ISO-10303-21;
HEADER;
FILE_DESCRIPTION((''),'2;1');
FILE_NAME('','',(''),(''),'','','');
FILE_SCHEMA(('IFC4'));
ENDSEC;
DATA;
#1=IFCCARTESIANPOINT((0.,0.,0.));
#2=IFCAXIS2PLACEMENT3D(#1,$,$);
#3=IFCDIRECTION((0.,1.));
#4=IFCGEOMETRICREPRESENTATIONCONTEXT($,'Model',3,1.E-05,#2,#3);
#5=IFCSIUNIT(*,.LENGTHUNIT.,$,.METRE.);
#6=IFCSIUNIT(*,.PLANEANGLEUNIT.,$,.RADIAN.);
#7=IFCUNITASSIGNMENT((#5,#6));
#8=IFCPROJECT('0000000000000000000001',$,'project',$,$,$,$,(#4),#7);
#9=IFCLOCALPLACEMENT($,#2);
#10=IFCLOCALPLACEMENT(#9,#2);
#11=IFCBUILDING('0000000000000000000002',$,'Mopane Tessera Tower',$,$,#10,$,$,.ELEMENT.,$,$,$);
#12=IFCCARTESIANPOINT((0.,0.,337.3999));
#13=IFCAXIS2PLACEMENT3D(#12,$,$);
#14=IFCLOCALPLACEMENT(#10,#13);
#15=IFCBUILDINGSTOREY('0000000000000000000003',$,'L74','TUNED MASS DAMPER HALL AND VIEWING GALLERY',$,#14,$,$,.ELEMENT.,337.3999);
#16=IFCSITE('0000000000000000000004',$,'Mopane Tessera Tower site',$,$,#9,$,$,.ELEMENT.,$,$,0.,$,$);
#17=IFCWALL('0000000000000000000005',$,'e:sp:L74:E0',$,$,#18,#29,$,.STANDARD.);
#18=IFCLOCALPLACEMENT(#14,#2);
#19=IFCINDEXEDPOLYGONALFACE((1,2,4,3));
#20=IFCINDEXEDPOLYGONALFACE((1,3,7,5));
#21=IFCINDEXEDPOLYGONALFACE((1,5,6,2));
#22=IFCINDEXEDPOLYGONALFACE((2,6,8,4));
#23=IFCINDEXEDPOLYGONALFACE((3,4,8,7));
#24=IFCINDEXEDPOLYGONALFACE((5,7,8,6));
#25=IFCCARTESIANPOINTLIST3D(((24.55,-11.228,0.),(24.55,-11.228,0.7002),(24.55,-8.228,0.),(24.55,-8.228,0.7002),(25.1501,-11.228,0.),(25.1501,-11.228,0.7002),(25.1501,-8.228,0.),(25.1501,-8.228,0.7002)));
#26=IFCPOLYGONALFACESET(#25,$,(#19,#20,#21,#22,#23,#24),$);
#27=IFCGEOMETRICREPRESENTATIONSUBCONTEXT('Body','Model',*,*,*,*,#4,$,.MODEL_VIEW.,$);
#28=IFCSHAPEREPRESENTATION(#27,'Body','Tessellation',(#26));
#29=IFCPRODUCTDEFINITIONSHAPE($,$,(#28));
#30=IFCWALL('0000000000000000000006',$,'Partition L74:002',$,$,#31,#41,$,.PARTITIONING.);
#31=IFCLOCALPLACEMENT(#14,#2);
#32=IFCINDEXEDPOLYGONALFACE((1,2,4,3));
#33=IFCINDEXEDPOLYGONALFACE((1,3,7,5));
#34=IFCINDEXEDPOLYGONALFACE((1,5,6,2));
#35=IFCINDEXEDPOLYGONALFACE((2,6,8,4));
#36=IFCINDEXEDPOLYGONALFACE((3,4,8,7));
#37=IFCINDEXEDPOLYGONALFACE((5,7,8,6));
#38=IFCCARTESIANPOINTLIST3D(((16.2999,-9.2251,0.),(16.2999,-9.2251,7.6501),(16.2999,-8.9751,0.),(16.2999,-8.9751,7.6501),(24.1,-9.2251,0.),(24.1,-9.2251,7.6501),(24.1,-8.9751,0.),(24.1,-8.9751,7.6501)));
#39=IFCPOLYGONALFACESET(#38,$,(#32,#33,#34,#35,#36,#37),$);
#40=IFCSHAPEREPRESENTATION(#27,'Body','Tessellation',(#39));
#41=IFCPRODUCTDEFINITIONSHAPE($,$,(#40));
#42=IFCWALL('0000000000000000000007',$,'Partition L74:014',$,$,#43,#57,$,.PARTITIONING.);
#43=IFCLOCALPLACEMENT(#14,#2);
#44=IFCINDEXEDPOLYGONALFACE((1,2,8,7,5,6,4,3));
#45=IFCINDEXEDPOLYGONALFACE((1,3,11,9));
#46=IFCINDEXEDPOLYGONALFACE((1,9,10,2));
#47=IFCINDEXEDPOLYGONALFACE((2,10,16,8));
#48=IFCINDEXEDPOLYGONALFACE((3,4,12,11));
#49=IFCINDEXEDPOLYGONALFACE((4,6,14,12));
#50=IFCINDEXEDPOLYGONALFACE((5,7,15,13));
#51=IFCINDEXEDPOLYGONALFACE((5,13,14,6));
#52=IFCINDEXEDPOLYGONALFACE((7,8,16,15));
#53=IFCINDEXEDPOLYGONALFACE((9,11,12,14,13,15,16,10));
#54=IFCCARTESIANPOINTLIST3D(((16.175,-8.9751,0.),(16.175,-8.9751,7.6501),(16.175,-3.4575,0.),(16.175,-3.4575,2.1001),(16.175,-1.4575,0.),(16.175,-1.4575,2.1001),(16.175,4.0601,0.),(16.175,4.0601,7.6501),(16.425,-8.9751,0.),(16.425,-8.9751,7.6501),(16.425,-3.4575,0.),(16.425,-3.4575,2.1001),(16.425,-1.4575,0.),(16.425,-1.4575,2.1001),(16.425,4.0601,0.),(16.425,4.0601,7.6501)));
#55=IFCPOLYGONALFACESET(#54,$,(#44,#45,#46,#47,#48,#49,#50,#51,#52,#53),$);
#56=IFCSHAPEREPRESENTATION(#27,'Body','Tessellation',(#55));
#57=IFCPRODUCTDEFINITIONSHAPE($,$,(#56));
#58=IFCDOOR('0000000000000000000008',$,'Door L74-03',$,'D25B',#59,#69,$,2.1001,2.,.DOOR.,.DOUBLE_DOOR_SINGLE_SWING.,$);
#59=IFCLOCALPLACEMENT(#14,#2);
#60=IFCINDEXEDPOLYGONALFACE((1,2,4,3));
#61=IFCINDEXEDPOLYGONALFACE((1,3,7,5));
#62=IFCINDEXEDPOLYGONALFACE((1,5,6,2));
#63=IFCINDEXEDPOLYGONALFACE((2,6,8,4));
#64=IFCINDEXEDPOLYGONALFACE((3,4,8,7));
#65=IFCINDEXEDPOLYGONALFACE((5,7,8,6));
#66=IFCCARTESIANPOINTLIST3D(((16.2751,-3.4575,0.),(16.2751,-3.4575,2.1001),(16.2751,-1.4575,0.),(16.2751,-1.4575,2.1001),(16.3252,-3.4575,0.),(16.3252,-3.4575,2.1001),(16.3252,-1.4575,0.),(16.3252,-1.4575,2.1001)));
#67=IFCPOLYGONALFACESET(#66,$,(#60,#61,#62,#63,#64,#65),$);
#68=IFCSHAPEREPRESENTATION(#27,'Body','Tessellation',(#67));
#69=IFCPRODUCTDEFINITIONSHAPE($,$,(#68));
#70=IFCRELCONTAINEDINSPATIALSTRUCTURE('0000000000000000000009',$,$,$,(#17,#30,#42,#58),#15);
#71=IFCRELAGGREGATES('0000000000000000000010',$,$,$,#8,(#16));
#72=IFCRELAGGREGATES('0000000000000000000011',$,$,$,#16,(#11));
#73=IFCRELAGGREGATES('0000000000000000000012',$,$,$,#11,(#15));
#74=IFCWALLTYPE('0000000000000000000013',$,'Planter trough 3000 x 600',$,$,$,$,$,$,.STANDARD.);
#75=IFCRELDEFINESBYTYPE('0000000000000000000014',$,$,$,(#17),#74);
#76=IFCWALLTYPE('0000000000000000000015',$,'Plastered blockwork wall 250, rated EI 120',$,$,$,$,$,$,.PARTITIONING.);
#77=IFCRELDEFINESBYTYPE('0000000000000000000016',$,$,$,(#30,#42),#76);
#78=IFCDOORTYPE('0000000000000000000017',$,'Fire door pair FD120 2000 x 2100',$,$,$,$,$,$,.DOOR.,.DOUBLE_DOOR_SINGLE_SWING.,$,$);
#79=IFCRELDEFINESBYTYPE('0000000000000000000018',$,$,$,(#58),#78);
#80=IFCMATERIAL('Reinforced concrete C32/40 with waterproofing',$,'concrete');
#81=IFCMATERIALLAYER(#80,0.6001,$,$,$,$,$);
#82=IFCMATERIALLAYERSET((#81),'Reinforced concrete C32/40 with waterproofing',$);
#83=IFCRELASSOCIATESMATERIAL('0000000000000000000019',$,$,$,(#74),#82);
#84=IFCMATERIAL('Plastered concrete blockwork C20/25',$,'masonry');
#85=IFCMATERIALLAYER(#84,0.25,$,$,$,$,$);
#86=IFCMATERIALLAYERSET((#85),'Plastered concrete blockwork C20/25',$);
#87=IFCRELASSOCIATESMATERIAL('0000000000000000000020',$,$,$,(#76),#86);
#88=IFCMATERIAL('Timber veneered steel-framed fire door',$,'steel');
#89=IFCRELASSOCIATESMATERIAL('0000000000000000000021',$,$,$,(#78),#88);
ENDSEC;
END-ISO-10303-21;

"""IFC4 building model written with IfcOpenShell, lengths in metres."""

from ifc_helpers import new_model, si_unit, direction, frame, frame_2d, origin, place, context, subcontext, project, spatial, rectangle, extrude, material, layer, layer_set, type_object, element, fill, save


model = new_model("IFC4")

# Units and contexts
model_context = context("Model", 3, precision=1e-05, world=origin(), true_north=direction((0.0, 1.0)))
body_context = subcontext(model_context, "Body", "Model", "MODEL_VIEW")
ifc_project = project(units=[si_unit("LENGTHUNIT", "METRE"), si_unit("PLANEANGLEUNIT", "RADIAN")], contexts=[model_context])

# Site, building, storey
site_placement = place(None, origin())
site = spatial("IfcSite", under=ifc_project, at=site_placement, Name="Mopane Tessera Tower site", CompositionType="ELEMENT", RefElevation=0.0)
building_placement = place(site_placement, origin())
building = spatial("IfcBuilding", under=site, at=building_placement, Name="Mopane Tessera Tower", CompositionType="ELEMENT")
storey_placement = place(building_placement, frame((0.0, 0.0, 337.3999)))
storey = spatial("IfcBuildingStorey", under=building, at=storey_placement, Name="L74", Description="TUNED MASS DAMPER HALL AND VIEWING GALLERY", CompositionType="ELEMENT", Elevation=337.3999)

# Walls
ifc_material_1 = material(Name="Reinforced concrete C32/40 with waterproofing", Category="concrete")
ifc_layer_1 = layer(ifc_material_1, 0.6001)
ifc_layer_set_1 = layer_set([ifc_layer_1], Name="Reinforced concrete C32/40 with waterproofing")
wall_type_1 = type_object("IfcWallType", Name="Planter trough 3000 x 600", PredefinedType="STANDARD", material=ifc_layer_set_1)
wall_1_placement = place(storey_placement, frame((24.8501, -11.228, 0.0), z_axis=(0.0, 0.0, 1.0), x_axis=(0.0, 1.0, 0.0)))
element("IfcWall", 1, at=wall_1_placement, inside=storey, type_object=wall_type_1, Name="e:sp:L74:E0", PredefinedType="STANDARD", context=body_context, shape_type="SweptSolid", body=[
    extrude(rectangle(XDim=3.0, YDim=0.6001, at=frame_2d((1.5, 0.0))), origin(), (0.0, 0.0, 1.0), 0.7002),
])
ifc_material_2 = material(Name="Plastered concrete blockwork C20/25", Category="masonry")
ifc_layer_2 = layer(ifc_material_2, 0.25)
ifc_layer_set_2 = layer_set([ifc_layer_2], Name="Plastered concrete blockwork C20/25")
wall_type_2 = type_object("IfcWallType", Name="Plastered blockwork wall 250, rated EI 120", PredefinedType="PARTITIONING", material=ifc_layer_set_2)
wall_2_placement = place(storey_placement, frame((16.3, -9.1001, 0.0), z_axis=(0.0, 0.0, 1.0), x_axis=(1.0, 0.0, 0.0)))
element("IfcWall", 2, at=wall_2_placement, inside=storey, type_object=wall_type_2, Name="Partition L74:002", PredefinedType="PARTITIONING", context=body_context, shape_type="SweptSolid", body=[
    extrude(rectangle(XDim=7.8, YDim=0.25, at=frame_2d((3.8999, 0.0))), origin(), (0.0, 0.0, 1.0), 7.6501),
])

# Wall, opening, door
wall_3_placement = place(storey_placement, frame((16.3, -8.9751, 0.0), z_axis=(0.0, 0.0, 1.0), x_axis=(0.0, 1.0, 0.0)))
wall_3 = element("IfcWall", 3, at=wall_3_placement, inside=storey, type_object=wall_type_2, Name="Partition L74:014", PredefinedType="PARTITIONING", context=body_context, shape_type="SweptSolid", body=[
    extrude(rectangle(XDim=13.0352, YDim=0.25, at=frame_2d((6.5176, 0.0))), origin(), (0.0, 0.0, 1.0), 7.6501),
])
opening_placement = place(wall_3_placement, frame((5.5176, 0.0, 0.0)))
opening = element("IfcOpeningElement", 4, at=opening_placement, cuts=wall_3, PredefinedType="OPENING", context=body_context, shape_type="SweptSolid", body=[
    extrude(rectangle(XDim=2.0, YDim=2.1001, at=frame_2d((1.0, 1.05))), frame((0.0, 0.137, 0.0), z_axis=(0.0, -1.0, 0.0), x_axis=(1.0, 0.0, 0.0)), (0.0, 0.0, 1.0), 0.2739),
])
ifc_material_3 = material(Name="Timber veneered steel-framed fire door", Category="steel")
door_type = type_object("IfcDoorType", Name="Fire door pair FD120 2000 x 2100", OperationType="DOUBLE_DOOR_SINGLE_SWING", PredefinedType="DOOR", material=ifc_material_3)
door_placement = place(opening_placement, origin())
door = element("IfcDoor", 5, at=door_placement, inside=storey, type_object=door_type, Name="Door L74-03", ObjectType="D25B", OperationType="DOUBLE_DOOR_SINGLE_SWING", OverallHeight=2.1001, OverallWidth=2.0, PredefinedType="DOOR", context=body_context, shape_type="SweptSolid", body=[
    extrude(rectangle(XDim=2.0, YDim=2.1001, at=frame_2d((1.0, 1.05))), frame((0.0, 0.0249, 0.0), z_axis=(0.0, -1.0, 0.0), x_axis=(1.0, 0.0, 0.0)), (0.0, 0.0, 1.0), 0.05),
])
fill(opening, door)

save(model, "model.ifc")
